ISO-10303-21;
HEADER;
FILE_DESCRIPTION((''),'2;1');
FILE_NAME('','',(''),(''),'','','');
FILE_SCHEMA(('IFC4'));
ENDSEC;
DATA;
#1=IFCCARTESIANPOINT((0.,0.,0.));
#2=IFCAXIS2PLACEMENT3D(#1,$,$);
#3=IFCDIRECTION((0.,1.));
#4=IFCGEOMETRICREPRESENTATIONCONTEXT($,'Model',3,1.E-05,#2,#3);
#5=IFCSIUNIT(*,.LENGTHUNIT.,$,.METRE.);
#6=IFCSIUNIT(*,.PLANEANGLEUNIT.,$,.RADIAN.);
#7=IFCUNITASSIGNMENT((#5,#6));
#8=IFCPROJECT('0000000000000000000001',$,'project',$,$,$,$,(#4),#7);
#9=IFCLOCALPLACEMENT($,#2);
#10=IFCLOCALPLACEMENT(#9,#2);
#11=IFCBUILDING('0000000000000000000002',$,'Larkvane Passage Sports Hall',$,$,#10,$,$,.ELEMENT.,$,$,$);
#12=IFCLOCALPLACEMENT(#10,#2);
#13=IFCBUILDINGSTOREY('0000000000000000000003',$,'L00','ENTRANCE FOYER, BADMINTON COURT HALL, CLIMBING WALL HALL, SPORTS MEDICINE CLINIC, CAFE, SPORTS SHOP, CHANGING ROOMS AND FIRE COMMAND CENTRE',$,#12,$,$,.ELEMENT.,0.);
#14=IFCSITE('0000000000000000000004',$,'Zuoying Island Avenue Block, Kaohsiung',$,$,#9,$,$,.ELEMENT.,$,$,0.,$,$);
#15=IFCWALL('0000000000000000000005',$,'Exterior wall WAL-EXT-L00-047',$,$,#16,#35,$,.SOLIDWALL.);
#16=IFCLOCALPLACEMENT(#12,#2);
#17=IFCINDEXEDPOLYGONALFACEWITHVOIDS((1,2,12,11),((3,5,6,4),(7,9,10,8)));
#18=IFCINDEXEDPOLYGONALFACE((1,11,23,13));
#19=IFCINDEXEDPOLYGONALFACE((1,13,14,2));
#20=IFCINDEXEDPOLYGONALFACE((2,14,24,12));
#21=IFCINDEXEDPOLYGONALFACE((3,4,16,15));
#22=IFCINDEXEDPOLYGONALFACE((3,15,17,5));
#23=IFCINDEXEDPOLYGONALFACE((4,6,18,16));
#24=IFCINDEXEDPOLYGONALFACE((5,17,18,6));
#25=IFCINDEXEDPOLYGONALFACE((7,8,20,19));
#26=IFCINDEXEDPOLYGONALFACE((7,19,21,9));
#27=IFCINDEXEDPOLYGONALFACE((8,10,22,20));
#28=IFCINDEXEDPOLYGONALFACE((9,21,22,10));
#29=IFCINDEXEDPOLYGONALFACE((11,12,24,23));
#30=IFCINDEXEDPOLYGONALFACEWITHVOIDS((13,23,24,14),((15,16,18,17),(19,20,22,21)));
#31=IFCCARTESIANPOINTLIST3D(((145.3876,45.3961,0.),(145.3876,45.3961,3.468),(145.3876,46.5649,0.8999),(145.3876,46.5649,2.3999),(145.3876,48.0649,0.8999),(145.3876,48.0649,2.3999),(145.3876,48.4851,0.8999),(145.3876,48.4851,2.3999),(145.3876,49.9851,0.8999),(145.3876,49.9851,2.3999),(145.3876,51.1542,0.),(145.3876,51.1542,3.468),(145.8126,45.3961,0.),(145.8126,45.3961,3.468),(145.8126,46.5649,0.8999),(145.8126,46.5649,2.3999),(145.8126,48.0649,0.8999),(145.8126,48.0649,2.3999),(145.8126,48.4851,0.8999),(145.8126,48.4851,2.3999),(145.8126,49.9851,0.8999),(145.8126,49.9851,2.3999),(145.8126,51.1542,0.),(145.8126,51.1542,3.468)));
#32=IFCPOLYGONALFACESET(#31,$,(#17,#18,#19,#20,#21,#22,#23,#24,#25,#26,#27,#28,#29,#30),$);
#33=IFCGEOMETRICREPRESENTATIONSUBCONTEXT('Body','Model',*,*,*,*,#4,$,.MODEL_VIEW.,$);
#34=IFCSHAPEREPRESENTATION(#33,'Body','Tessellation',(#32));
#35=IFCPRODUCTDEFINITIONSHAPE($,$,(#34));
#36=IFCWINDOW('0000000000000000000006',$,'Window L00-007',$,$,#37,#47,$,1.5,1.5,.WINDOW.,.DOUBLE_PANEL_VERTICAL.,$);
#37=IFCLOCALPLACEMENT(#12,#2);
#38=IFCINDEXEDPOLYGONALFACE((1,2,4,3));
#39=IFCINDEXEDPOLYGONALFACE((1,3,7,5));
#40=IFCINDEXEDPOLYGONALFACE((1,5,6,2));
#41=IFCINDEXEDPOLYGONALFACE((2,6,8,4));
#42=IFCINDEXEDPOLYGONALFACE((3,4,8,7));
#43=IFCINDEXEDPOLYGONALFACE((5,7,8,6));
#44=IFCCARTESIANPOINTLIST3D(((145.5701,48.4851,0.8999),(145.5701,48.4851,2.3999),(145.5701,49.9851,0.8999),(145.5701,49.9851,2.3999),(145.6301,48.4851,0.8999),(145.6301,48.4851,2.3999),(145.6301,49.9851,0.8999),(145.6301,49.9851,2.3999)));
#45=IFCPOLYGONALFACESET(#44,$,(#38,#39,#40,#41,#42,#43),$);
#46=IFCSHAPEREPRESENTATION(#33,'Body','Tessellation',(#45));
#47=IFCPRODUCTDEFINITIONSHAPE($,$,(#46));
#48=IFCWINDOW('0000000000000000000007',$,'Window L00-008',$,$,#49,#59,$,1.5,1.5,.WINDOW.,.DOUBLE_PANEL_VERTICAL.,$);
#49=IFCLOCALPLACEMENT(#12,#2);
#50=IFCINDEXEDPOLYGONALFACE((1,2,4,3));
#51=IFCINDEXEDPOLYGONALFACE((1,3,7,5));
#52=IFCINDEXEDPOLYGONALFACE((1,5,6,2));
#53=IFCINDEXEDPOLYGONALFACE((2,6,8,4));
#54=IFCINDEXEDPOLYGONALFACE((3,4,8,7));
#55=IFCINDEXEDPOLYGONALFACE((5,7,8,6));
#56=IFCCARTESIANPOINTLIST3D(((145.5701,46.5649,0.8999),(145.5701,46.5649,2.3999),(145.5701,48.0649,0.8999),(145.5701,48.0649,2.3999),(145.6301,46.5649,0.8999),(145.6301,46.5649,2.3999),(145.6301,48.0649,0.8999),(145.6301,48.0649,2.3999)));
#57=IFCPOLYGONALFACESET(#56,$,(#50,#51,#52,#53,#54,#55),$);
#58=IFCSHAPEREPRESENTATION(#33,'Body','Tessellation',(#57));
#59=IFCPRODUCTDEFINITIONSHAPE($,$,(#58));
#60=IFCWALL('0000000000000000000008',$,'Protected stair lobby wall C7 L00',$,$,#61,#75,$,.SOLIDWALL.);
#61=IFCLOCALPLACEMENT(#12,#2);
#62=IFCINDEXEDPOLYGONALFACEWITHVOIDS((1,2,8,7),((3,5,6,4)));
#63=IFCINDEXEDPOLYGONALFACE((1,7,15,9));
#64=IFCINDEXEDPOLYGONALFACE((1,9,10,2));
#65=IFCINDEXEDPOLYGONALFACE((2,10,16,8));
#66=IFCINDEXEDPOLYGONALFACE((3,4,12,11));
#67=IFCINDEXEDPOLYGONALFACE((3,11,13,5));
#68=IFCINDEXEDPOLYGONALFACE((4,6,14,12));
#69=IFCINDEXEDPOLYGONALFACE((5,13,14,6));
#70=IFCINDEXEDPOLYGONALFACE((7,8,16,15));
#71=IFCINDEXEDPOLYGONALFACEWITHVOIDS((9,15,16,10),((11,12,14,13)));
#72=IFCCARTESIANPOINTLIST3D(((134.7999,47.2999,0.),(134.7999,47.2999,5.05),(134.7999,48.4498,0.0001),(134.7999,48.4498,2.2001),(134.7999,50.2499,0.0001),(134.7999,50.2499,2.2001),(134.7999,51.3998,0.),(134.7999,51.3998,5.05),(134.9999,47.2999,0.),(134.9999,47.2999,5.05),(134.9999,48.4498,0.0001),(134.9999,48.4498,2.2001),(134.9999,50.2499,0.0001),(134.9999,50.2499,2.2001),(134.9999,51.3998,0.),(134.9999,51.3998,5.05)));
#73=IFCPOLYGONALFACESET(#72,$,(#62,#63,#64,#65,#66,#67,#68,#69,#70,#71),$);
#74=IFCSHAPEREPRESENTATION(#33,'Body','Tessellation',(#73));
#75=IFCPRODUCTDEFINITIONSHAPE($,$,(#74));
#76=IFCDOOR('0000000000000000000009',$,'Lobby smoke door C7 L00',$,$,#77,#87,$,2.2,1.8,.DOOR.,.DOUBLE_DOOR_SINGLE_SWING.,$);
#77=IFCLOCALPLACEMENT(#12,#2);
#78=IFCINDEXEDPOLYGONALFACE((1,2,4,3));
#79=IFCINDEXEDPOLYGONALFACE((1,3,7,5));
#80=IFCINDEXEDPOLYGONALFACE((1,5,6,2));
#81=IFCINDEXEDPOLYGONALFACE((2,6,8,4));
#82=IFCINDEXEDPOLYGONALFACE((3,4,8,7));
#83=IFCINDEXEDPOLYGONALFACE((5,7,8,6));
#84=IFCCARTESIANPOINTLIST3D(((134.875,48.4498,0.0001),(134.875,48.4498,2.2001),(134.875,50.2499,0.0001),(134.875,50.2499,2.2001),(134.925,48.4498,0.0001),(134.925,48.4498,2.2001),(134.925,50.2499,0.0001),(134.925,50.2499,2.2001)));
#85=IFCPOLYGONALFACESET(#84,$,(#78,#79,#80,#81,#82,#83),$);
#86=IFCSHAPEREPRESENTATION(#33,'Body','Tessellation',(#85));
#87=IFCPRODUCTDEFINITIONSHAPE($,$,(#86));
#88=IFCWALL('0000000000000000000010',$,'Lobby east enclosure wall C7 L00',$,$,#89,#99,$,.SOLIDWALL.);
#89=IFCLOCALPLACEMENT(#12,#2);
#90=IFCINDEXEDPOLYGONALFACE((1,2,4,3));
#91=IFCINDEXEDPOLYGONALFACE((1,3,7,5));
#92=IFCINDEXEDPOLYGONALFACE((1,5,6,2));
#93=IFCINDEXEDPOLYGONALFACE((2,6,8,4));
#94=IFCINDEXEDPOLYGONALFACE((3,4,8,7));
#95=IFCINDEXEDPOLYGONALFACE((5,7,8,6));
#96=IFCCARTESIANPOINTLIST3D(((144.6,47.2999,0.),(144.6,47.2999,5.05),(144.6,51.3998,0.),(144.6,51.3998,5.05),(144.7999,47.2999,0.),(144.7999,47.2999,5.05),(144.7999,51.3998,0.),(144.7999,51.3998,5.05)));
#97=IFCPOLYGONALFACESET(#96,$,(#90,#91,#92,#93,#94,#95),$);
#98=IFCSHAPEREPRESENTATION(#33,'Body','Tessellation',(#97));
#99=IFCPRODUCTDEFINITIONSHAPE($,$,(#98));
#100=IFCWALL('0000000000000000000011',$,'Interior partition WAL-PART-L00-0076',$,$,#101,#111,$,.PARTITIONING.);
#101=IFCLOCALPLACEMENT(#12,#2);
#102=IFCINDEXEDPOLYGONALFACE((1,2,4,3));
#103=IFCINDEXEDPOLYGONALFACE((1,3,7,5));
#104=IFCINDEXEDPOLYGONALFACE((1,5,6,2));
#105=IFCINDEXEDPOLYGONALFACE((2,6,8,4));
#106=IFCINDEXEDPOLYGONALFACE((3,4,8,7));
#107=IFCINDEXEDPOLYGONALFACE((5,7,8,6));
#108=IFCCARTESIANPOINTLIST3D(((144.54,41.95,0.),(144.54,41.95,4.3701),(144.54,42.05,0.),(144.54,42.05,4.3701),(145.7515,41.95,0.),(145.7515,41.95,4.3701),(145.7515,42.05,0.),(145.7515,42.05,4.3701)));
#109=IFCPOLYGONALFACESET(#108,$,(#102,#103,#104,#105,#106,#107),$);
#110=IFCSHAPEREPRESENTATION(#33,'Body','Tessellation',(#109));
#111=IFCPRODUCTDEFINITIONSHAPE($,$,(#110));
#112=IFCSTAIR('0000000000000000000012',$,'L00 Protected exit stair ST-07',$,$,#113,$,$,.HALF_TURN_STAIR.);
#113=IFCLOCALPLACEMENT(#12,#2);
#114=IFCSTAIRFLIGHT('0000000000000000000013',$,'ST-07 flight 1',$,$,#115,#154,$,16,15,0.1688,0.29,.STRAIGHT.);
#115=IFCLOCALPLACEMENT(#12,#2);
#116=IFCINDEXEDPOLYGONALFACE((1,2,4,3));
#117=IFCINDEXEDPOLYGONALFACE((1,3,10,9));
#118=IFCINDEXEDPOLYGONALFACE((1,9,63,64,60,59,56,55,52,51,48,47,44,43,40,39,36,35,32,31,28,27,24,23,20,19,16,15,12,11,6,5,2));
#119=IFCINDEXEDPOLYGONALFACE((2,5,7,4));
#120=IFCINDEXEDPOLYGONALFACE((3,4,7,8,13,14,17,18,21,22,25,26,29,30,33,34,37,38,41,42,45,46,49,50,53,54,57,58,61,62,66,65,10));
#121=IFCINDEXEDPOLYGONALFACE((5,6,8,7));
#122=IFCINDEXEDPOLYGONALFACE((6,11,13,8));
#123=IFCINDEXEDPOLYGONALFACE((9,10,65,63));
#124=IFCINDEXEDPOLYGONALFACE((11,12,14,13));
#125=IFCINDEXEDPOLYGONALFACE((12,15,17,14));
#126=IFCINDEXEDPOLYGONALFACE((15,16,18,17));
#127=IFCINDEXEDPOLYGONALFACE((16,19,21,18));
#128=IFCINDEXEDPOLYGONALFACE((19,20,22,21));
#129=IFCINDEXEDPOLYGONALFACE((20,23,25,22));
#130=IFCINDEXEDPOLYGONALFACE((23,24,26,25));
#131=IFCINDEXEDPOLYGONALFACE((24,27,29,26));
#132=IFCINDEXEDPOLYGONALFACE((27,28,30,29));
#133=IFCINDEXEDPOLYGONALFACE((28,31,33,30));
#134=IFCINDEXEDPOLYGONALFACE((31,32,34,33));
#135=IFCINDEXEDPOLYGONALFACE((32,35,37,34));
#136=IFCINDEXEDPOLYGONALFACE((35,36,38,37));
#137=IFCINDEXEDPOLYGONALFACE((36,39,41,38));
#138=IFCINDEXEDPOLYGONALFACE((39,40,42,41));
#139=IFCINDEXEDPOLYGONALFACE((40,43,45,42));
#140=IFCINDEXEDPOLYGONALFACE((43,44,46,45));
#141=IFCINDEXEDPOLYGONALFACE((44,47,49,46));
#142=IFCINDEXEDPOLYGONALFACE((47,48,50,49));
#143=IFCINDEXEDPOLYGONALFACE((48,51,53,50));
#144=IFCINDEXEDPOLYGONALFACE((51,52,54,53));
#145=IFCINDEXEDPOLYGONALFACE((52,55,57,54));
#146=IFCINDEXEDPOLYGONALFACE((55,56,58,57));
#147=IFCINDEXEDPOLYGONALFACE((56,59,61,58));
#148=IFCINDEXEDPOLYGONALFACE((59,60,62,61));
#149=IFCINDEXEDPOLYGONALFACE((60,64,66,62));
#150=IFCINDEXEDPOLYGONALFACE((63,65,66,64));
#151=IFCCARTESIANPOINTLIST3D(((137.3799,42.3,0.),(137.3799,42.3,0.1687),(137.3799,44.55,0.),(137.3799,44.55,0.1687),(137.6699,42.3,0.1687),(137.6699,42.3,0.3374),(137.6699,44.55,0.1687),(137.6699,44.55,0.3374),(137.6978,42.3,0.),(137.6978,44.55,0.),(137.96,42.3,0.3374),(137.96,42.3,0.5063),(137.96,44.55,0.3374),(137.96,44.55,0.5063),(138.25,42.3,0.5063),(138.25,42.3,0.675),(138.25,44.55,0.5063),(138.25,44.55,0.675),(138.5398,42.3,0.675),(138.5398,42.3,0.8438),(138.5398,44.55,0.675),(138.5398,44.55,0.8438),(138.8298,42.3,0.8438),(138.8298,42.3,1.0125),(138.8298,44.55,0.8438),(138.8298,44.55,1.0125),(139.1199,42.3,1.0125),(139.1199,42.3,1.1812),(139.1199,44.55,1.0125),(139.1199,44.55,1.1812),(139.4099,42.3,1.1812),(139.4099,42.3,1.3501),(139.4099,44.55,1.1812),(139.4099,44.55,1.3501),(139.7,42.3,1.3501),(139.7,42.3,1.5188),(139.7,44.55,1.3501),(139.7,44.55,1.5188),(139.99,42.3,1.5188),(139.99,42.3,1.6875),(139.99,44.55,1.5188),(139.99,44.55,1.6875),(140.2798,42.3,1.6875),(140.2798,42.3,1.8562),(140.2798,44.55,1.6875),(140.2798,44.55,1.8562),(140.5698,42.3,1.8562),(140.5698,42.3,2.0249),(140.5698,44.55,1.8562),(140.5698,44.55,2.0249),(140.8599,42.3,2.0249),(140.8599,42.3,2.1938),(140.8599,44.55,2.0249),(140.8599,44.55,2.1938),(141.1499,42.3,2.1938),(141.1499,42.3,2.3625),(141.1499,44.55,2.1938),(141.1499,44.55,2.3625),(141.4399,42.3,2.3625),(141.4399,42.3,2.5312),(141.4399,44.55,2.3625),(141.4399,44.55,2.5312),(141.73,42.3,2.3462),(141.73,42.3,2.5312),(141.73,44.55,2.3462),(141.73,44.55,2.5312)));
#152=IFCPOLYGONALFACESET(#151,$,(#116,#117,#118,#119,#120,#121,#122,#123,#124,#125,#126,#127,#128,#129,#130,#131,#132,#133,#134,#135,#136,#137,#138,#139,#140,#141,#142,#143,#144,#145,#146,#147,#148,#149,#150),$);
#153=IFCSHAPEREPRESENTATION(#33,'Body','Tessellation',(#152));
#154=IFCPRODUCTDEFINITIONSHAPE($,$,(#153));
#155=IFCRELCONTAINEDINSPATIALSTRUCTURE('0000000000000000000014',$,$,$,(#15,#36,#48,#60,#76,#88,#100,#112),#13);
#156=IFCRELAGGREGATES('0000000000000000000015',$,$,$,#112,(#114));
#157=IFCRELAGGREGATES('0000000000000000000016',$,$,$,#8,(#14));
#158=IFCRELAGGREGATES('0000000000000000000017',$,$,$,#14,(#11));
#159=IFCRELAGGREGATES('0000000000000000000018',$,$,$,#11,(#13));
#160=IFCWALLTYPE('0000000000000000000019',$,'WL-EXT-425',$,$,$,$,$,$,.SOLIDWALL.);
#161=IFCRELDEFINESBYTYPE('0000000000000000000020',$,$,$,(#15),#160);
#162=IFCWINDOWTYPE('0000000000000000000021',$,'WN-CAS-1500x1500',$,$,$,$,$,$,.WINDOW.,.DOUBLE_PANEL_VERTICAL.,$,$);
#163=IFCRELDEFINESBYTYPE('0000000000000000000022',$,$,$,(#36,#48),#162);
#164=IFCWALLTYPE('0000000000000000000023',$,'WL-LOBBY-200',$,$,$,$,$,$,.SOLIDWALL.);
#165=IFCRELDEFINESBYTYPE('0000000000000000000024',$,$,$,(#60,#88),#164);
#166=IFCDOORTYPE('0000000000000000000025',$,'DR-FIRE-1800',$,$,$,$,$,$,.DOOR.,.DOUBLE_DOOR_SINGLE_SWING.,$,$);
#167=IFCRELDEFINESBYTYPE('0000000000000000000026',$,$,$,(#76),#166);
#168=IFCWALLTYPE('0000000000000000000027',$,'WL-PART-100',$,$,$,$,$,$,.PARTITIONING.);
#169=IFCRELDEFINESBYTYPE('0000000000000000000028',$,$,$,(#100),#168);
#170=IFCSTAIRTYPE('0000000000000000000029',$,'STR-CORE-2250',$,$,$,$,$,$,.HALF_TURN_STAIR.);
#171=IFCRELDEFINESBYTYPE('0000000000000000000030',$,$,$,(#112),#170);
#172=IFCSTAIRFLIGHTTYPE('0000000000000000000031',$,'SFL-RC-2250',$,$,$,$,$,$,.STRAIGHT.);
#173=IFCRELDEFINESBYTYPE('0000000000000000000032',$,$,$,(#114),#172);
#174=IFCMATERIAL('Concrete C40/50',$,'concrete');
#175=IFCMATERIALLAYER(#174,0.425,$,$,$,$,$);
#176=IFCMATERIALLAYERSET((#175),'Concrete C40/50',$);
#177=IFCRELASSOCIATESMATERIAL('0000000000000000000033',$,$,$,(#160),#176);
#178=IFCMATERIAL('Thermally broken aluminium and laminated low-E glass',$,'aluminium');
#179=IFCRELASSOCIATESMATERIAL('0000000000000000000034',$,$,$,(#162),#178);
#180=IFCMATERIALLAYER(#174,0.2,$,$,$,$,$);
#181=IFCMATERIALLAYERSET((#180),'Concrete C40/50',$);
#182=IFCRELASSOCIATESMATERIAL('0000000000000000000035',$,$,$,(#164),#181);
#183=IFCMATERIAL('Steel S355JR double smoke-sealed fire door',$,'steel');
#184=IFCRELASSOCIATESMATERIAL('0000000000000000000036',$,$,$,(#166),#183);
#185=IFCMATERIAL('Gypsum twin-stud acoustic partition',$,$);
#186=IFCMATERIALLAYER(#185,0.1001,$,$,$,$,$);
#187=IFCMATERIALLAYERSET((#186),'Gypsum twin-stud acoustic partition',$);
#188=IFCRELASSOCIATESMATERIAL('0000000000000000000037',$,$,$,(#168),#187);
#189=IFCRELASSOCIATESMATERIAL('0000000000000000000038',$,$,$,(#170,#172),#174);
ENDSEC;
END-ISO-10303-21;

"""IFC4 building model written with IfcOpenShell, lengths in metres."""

from ifc_helpers import new_model, si_unit, direction, frame, frame_2d, origin, place, context, subcontext, project, spatial, polyline, rectangle, outline, extrude, material, layer, layer_set, type_object, element, fill, aggregate, save


model = new_model("IFC4")

# Units and contexts
model_context = context("Model", 3, precision=1e-05, world=origin(), true_north=direction((0.0, 1.0)))
body_context = subcontext(model_context, "Body", "Model", "MODEL_VIEW")
ifc_project = project(units=[si_unit("LENGTHUNIT", "METRE"), si_unit("PLANEANGLEUNIT", "RADIAN")], contexts=[model_context])

# Site, building, storey
site_placement = place(None, origin())
site = spatial("IfcSite", under=ifc_project, at=site_placement, Name="Zuoying Island Avenue Block, Kaohsiung", CompositionType="ELEMENT", RefElevation=0.0)
building_placement = place(site_placement, origin())
building = spatial("IfcBuilding", under=site, at=building_placement, Name="Larkvane Passage Sports Hall", CompositionType="ELEMENT")
storey_placement = place(building_placement, origin())
storey = spatial("IfcBuildingStorey", under=building, at=storey_placement, Name="L00", Description="ENTRANCE FOYER, BADMINTON COURT HALL, CLIMBING WALL HALL, SPORTS MEDICINE CLINIC, CAFE, SPORTS SHOP, CHANGING ROOMS AND FIRE COMMAND CENTRE", CompositionType="ELEMENT", Elevation=0.0)

# Wall, openings, windows
ifc_material_1 = material(Name="Concrete C40/50", Category="concrete")
ifc_layer_1 = layer(ifc_material_1, 0.425)
ifc_layer_set_1 = layer_set([ifc_layer_1], Name="Concrete C40/50")
wall_type_1 = type_object("IfcWallType", Name="WL-EXT-425", PredefinedType="SOLIDWALL", material=ifc_layer_set_1)
wall_1_placement = place(storey_placement, frame((145.6001, 51.1541, 0.0), z_axis=(0.0, 0.0, 1.0), x_axis=(0.0, -1.0, 0.0)))
wall_1 = element("IfcWall", 1, at=wall_1_placement, inside=storey, type_object=wall_type_1, Name="Exterior wall WAL-EXT-L00-047", PredefinedType="SOLIDWALL", context=body_context, shape_type="SweptSolid", body=[
    extrude(rectangle(XDim=5.7581, YDim=0.425, at=frame_2d((2.8789, 0.0))), origin(), (0.0, 0.0, 1.0), 3.468),
])
opening_1_placement = place(wall_1_placement, frame((1.1689, 0.0, 0.8999)))
opening_1 = element("IfcOpeningElement", 2, at=opening_1_placement, cuts=wall_1, PredefinedType="OPENING", context=body_context, shape_type="SweptSolid", body=[
    extrude(rectangle(XDim=1.5, YDim=1.5, at=frame_2d((0.75, 0.75))), frame((0.0, 0.2224, 0.0), z_axis=(0.0, -1.0, 0.0), x_axis=(1.0, 0.0, 0.0)), (0.0, 0.0, 1.0), 0.4451),
])
opening_2_placement = place(wall_1_placement, frame((3.0891, 0.0, 0.8999)))
opening_2 = element("IfcOpeningElement", 3, at=opening_2_placement, cuts=wall_1, PredefinedType="OPENING", context=body_context, shape_type="SweptSolid", body=[
    extrude(rectangle(XDim=1.5, YDim=1.5, at=frame_2d((0.75, 0.75))), frame((0.0, 0.2224, 0.0), z_axis=(0.0, -1.0, 0.0), x_axis=(1.0, 0.0, 0.0)), (0.0, 0.0, 1.0), 0.4451),
])
ifc_material_2 = material(Name="Thermally broken aluminium and laminated low-E glass", Category="aluminium")
window_type = type_object("IfcWindowType", Name="WN-CAS-1500x1500", PartitioningType="DOUBLE_PANEL_VERTICAL", PredefinedType="WINDOW", material=ifc_material_2)
window_1_placement = place(opening_1_placement, origin())
window_1 = element("IfcWindow", 4, at=window_1_placement, inside=storey, type_object=window_type, Name="Window L00-007", OverallHeight=1.5, OverallWidth=1.5, PartitioningType="DOUBLE_PANEL_VERTICAL", PredefinedType="WINDOW", context=body_context, shape_type="SweptSolid", body=[
    extrude(rectangle(XDim=1.5, YDim=1.5, at=frame_2d((0.75, 0.75))), frame((0.0, 0.03, 0.0), z_axis=(0.0, -1.0, 0.0), x_axis=(1.0, 0.0, 0.0)), (0.0, 0.0, 1.0), 0.0601),
])
fill(opening_1, window_1)
window_2_placement = place(opening_2_placement, origin())
window_2 = element("IfcWindow", 5, at=window_2_placement, inside=storey, type_object=window_type, Name="Window L00-008", OverallHeight=1.5, OverallWidth=1.5, PartitioningType="DOUBLE_PANEL_VERTICAL", PredefinedType="WINDOW", context=body_context, shape_type="SweptSolid", body=[
    extrude(rectangle(XDim=1.5, YDim=1.5, at=frame_2d((0.75, 0.75))), frame((0.0, 0.03, 0.0), z_axis=(0.0, -1.0, 0.0), x_axis=(1.0, 0.0, 0.0)), (0.0, 0.0, 1.0), 0.0601),
])
fill(opening_2, window_2)

# Wall, opening, door
ifc_layer_2 = layer(ifc_material_1, 0.2)
ifc_layer_set_2 = layer_set([ifc_layer_2], Name="Concrete C40/50")
wall_type_2 = type_object("IfcWallType", Name="WL-LOBBY-200", PredefinedType="SOLIDWALL", material=ifc_layer_set_2)
wall_2_placement = place(storey_placement, frame((134.8999, 47.3, 0.0), z_axis=(0.0, 0.0, 1.0), x_axis=(0.0, 1.0, 0.0)))
wall_2 = element("IfcWall", 6, at=wall_2_placement, inside=storey, type_object=wall_type_2, Name="Protected stair lobby wall C7 L00", PredefinedType="SOLIDWALL", context=body_context, shape_type="SweptSolid", body=[
    extrude(rectangle(XDim=4.0999, YDim=0.2, at=frame_2d((2.0498, 0.0))), origin(), (0.0, 0.0, 1.0), 5.05),
])
opening_3_placement = place(wall_2_placement, frame((1.1499, 0.0, 0.0)))
opening_3 = element("IfcOpeningElement", 7, at=opening_3_placement, cuts=wall_2, PredefinedType="OPENING", context=body_context, shape_type="SweptSolid", body=[
    extrude(rectangle(XDim=1.8, YDim=2.2, at=frame_2d((0.8999, 1.1001))), frame((0.0, 0.1099, 0.0), z_axis=(0.0, -1.0, 0.0), x_axis=(1.0, 0.0, 0.0)), (0.0, 0.0, 1.0), 0.22),
])
ifc_material_3 = material(Name="Steel S355JR double smoke-sealed fire door", Category="steel")
door_type_1 = type_object("IfcDoorType", Name="DR-FIRE-1800", OperationType="DOUBLE_DOOR_SINGLE_SWING", PredefinedType="DOOR", material=ifc_material_3)
door_1_placement = place(opening_3_placement, origin())
door_1 = element("IfcDoor", 8, at=door_1_placement, inside=storey, type_object=door_type_1, Name="Lobby smoke door C7 L00", OperationType="DOUBLE_DOOR_SINGLE_SWING", OverallHeight=2.2, OverallWidth=1.8, PredefinedType="DOOR", context=body_context, shape_type="SweptSolid", body=[
    extrude(rectangle(XDim=1.8, YDim=2.2, at=frame_2d((0.8999, 1.1001))), frame((0.0, 0.0249, 0.0), z_axis=(0.0, -1.0, 0.0), x_axis=(1.0, 0.0, 0.0)), (0.0, 0.0, 1.0), 0.05),
])
fill(opening_3, door_1)

# Walls
wall_3_placement = place(storey_placement, frame((144.7, 47.3, 0.0), z_axis=(0.0, 0.0, 1.0), x_axis=(0.0, 1.0, 0.0)))
element("IfcWall", 9, at=wall_3_placement, inside=storey, type_object=wall_type_2, Name="Lobby east enclosure wall C7 L00", PredefinedType="SOLIDWALL", context=body_context, shape_type="SweptSolid", body=[
    extrude(rectangle(XDim=4.0999, YDim=0.2, at=frame_2d((2.0498, 0.0))), origin(), (0.0, 0.0, 1.0), 5.05),
])
ifc_material_4 = material(Name="Gypsum twin-stud acoustic partition")
ifc_layer_3 = layer(ifc_material_4, 0.1001)
ifc_layer_set_3 = layer_set([ifc_layer_3], Name="Gypsum twin-stud acoustic partition")
wall_type_3 = type_object("IfcWallType", Name="WL-PART-100", PredefinedType="PARTITIONING", material=ifc_layer_set_3)
wall_4_placement = place(storey_placement, frame((144.54, 42.0, 0.0), z_axis=(0.0, 0.0, 1.0), x_axis=(1.0, 0.0, 0.0)))
element("IfcWall", 10, at=wall_4_placement, inside=storey, type_object=wall_type_3, Name="Interior partition WAL-PART-L00-0076", PredefinedType="PARTITIONING", context=body_context, shape_type="SweptSolid", body=[
    extrude(rectangle(XDim=1.2114, YDim=0.1001, at=frame_2d((0.6057, 0.0))), origin(), (0.0, 0.0, 1.0), 4.3701),
])

# Stair, stair flight
stair_type = type_object("IfcStairType", Name="STR-CORE-2250", PredefinedType="HALF_TURN_STAIR", material=ifc_material_1)
stair_placement = place(storey_placement, origin())
stair = element("IfcStair", 11, at=stair_placement, inside=storey, type_object=stair_type, Name="L00 Protected exit stair ST-07", PredefinedType="HALF_TURN_STAIR")
stair_flight_type = type_object("IfcStairFlightType", Name="SFL-RC-2250", PredefinedType="STRAIGHT", material=ifc_material_1)
stair_flight_1_placement = place(storey_placement, frame((137.3799, 43.425, 0.0), z_axis=(0.0, 0.0, 1.0), x_axis=(1.0, 0.0, 0.0)))
stair_flight_1 = element("IfcStairFlight", 12, at=stair_flight_1_placement, type_object=stair_flight_type, Name="ST-07 flight 1", NumberOfRisers=16, NumberOfTreads=15, PredefinedType="STRAIGHT", RiserHeight=0.1688, TreadLength=0.29, context=body_context, shape_type="SweptSolid", body=[
    extrude(outline(polyline([(0.0, 0.0), (0.0, 0.1687), (0.29, 0.1687), (0.29, 0.3374), (0.5801, 0.3374), (0.5801, 0.5063), (0.8701, 0.5063), (0.8701, 0.675), (1.1599, 0.675), (1.1599, 0.8438), (1.45, 0.8438), (1.45, 1.0125), (1.74, 1.0125), (1.74, 1.1812), (2.03, 1.1812), (2.03, 1.3501), (2.3201, 1.3501), (2.3201, 1.5188), (2.6101, 1.5188), (2.6101, 1.6875), (2.8999, 1.6875), (2.8999, 1.8562), (3.1899, 1.8562), (3.1899, 2.0249), (3.48, 2.0249), (3.48, 2.1938), (3.77, 2.1938), (3.77, 2.3625), (4.0601, 2.3625), (4.0601, 2.5312), (4.3501, 2.5312), (4.3501, 2.7), (4.3501, 2.3462), (0.3179, 0.0), (0.0, 0.0)])), frame((0.0, 1.125, 0.0), z_axis=(0.0, -1.0, 0.0), x_axis=(1.0, 0.0, 0.0)), (0.0, 0.0, 1.0), 2.25),
])
aggregate(stair, [stair_flight_1])

save(model, "model.ifc")
